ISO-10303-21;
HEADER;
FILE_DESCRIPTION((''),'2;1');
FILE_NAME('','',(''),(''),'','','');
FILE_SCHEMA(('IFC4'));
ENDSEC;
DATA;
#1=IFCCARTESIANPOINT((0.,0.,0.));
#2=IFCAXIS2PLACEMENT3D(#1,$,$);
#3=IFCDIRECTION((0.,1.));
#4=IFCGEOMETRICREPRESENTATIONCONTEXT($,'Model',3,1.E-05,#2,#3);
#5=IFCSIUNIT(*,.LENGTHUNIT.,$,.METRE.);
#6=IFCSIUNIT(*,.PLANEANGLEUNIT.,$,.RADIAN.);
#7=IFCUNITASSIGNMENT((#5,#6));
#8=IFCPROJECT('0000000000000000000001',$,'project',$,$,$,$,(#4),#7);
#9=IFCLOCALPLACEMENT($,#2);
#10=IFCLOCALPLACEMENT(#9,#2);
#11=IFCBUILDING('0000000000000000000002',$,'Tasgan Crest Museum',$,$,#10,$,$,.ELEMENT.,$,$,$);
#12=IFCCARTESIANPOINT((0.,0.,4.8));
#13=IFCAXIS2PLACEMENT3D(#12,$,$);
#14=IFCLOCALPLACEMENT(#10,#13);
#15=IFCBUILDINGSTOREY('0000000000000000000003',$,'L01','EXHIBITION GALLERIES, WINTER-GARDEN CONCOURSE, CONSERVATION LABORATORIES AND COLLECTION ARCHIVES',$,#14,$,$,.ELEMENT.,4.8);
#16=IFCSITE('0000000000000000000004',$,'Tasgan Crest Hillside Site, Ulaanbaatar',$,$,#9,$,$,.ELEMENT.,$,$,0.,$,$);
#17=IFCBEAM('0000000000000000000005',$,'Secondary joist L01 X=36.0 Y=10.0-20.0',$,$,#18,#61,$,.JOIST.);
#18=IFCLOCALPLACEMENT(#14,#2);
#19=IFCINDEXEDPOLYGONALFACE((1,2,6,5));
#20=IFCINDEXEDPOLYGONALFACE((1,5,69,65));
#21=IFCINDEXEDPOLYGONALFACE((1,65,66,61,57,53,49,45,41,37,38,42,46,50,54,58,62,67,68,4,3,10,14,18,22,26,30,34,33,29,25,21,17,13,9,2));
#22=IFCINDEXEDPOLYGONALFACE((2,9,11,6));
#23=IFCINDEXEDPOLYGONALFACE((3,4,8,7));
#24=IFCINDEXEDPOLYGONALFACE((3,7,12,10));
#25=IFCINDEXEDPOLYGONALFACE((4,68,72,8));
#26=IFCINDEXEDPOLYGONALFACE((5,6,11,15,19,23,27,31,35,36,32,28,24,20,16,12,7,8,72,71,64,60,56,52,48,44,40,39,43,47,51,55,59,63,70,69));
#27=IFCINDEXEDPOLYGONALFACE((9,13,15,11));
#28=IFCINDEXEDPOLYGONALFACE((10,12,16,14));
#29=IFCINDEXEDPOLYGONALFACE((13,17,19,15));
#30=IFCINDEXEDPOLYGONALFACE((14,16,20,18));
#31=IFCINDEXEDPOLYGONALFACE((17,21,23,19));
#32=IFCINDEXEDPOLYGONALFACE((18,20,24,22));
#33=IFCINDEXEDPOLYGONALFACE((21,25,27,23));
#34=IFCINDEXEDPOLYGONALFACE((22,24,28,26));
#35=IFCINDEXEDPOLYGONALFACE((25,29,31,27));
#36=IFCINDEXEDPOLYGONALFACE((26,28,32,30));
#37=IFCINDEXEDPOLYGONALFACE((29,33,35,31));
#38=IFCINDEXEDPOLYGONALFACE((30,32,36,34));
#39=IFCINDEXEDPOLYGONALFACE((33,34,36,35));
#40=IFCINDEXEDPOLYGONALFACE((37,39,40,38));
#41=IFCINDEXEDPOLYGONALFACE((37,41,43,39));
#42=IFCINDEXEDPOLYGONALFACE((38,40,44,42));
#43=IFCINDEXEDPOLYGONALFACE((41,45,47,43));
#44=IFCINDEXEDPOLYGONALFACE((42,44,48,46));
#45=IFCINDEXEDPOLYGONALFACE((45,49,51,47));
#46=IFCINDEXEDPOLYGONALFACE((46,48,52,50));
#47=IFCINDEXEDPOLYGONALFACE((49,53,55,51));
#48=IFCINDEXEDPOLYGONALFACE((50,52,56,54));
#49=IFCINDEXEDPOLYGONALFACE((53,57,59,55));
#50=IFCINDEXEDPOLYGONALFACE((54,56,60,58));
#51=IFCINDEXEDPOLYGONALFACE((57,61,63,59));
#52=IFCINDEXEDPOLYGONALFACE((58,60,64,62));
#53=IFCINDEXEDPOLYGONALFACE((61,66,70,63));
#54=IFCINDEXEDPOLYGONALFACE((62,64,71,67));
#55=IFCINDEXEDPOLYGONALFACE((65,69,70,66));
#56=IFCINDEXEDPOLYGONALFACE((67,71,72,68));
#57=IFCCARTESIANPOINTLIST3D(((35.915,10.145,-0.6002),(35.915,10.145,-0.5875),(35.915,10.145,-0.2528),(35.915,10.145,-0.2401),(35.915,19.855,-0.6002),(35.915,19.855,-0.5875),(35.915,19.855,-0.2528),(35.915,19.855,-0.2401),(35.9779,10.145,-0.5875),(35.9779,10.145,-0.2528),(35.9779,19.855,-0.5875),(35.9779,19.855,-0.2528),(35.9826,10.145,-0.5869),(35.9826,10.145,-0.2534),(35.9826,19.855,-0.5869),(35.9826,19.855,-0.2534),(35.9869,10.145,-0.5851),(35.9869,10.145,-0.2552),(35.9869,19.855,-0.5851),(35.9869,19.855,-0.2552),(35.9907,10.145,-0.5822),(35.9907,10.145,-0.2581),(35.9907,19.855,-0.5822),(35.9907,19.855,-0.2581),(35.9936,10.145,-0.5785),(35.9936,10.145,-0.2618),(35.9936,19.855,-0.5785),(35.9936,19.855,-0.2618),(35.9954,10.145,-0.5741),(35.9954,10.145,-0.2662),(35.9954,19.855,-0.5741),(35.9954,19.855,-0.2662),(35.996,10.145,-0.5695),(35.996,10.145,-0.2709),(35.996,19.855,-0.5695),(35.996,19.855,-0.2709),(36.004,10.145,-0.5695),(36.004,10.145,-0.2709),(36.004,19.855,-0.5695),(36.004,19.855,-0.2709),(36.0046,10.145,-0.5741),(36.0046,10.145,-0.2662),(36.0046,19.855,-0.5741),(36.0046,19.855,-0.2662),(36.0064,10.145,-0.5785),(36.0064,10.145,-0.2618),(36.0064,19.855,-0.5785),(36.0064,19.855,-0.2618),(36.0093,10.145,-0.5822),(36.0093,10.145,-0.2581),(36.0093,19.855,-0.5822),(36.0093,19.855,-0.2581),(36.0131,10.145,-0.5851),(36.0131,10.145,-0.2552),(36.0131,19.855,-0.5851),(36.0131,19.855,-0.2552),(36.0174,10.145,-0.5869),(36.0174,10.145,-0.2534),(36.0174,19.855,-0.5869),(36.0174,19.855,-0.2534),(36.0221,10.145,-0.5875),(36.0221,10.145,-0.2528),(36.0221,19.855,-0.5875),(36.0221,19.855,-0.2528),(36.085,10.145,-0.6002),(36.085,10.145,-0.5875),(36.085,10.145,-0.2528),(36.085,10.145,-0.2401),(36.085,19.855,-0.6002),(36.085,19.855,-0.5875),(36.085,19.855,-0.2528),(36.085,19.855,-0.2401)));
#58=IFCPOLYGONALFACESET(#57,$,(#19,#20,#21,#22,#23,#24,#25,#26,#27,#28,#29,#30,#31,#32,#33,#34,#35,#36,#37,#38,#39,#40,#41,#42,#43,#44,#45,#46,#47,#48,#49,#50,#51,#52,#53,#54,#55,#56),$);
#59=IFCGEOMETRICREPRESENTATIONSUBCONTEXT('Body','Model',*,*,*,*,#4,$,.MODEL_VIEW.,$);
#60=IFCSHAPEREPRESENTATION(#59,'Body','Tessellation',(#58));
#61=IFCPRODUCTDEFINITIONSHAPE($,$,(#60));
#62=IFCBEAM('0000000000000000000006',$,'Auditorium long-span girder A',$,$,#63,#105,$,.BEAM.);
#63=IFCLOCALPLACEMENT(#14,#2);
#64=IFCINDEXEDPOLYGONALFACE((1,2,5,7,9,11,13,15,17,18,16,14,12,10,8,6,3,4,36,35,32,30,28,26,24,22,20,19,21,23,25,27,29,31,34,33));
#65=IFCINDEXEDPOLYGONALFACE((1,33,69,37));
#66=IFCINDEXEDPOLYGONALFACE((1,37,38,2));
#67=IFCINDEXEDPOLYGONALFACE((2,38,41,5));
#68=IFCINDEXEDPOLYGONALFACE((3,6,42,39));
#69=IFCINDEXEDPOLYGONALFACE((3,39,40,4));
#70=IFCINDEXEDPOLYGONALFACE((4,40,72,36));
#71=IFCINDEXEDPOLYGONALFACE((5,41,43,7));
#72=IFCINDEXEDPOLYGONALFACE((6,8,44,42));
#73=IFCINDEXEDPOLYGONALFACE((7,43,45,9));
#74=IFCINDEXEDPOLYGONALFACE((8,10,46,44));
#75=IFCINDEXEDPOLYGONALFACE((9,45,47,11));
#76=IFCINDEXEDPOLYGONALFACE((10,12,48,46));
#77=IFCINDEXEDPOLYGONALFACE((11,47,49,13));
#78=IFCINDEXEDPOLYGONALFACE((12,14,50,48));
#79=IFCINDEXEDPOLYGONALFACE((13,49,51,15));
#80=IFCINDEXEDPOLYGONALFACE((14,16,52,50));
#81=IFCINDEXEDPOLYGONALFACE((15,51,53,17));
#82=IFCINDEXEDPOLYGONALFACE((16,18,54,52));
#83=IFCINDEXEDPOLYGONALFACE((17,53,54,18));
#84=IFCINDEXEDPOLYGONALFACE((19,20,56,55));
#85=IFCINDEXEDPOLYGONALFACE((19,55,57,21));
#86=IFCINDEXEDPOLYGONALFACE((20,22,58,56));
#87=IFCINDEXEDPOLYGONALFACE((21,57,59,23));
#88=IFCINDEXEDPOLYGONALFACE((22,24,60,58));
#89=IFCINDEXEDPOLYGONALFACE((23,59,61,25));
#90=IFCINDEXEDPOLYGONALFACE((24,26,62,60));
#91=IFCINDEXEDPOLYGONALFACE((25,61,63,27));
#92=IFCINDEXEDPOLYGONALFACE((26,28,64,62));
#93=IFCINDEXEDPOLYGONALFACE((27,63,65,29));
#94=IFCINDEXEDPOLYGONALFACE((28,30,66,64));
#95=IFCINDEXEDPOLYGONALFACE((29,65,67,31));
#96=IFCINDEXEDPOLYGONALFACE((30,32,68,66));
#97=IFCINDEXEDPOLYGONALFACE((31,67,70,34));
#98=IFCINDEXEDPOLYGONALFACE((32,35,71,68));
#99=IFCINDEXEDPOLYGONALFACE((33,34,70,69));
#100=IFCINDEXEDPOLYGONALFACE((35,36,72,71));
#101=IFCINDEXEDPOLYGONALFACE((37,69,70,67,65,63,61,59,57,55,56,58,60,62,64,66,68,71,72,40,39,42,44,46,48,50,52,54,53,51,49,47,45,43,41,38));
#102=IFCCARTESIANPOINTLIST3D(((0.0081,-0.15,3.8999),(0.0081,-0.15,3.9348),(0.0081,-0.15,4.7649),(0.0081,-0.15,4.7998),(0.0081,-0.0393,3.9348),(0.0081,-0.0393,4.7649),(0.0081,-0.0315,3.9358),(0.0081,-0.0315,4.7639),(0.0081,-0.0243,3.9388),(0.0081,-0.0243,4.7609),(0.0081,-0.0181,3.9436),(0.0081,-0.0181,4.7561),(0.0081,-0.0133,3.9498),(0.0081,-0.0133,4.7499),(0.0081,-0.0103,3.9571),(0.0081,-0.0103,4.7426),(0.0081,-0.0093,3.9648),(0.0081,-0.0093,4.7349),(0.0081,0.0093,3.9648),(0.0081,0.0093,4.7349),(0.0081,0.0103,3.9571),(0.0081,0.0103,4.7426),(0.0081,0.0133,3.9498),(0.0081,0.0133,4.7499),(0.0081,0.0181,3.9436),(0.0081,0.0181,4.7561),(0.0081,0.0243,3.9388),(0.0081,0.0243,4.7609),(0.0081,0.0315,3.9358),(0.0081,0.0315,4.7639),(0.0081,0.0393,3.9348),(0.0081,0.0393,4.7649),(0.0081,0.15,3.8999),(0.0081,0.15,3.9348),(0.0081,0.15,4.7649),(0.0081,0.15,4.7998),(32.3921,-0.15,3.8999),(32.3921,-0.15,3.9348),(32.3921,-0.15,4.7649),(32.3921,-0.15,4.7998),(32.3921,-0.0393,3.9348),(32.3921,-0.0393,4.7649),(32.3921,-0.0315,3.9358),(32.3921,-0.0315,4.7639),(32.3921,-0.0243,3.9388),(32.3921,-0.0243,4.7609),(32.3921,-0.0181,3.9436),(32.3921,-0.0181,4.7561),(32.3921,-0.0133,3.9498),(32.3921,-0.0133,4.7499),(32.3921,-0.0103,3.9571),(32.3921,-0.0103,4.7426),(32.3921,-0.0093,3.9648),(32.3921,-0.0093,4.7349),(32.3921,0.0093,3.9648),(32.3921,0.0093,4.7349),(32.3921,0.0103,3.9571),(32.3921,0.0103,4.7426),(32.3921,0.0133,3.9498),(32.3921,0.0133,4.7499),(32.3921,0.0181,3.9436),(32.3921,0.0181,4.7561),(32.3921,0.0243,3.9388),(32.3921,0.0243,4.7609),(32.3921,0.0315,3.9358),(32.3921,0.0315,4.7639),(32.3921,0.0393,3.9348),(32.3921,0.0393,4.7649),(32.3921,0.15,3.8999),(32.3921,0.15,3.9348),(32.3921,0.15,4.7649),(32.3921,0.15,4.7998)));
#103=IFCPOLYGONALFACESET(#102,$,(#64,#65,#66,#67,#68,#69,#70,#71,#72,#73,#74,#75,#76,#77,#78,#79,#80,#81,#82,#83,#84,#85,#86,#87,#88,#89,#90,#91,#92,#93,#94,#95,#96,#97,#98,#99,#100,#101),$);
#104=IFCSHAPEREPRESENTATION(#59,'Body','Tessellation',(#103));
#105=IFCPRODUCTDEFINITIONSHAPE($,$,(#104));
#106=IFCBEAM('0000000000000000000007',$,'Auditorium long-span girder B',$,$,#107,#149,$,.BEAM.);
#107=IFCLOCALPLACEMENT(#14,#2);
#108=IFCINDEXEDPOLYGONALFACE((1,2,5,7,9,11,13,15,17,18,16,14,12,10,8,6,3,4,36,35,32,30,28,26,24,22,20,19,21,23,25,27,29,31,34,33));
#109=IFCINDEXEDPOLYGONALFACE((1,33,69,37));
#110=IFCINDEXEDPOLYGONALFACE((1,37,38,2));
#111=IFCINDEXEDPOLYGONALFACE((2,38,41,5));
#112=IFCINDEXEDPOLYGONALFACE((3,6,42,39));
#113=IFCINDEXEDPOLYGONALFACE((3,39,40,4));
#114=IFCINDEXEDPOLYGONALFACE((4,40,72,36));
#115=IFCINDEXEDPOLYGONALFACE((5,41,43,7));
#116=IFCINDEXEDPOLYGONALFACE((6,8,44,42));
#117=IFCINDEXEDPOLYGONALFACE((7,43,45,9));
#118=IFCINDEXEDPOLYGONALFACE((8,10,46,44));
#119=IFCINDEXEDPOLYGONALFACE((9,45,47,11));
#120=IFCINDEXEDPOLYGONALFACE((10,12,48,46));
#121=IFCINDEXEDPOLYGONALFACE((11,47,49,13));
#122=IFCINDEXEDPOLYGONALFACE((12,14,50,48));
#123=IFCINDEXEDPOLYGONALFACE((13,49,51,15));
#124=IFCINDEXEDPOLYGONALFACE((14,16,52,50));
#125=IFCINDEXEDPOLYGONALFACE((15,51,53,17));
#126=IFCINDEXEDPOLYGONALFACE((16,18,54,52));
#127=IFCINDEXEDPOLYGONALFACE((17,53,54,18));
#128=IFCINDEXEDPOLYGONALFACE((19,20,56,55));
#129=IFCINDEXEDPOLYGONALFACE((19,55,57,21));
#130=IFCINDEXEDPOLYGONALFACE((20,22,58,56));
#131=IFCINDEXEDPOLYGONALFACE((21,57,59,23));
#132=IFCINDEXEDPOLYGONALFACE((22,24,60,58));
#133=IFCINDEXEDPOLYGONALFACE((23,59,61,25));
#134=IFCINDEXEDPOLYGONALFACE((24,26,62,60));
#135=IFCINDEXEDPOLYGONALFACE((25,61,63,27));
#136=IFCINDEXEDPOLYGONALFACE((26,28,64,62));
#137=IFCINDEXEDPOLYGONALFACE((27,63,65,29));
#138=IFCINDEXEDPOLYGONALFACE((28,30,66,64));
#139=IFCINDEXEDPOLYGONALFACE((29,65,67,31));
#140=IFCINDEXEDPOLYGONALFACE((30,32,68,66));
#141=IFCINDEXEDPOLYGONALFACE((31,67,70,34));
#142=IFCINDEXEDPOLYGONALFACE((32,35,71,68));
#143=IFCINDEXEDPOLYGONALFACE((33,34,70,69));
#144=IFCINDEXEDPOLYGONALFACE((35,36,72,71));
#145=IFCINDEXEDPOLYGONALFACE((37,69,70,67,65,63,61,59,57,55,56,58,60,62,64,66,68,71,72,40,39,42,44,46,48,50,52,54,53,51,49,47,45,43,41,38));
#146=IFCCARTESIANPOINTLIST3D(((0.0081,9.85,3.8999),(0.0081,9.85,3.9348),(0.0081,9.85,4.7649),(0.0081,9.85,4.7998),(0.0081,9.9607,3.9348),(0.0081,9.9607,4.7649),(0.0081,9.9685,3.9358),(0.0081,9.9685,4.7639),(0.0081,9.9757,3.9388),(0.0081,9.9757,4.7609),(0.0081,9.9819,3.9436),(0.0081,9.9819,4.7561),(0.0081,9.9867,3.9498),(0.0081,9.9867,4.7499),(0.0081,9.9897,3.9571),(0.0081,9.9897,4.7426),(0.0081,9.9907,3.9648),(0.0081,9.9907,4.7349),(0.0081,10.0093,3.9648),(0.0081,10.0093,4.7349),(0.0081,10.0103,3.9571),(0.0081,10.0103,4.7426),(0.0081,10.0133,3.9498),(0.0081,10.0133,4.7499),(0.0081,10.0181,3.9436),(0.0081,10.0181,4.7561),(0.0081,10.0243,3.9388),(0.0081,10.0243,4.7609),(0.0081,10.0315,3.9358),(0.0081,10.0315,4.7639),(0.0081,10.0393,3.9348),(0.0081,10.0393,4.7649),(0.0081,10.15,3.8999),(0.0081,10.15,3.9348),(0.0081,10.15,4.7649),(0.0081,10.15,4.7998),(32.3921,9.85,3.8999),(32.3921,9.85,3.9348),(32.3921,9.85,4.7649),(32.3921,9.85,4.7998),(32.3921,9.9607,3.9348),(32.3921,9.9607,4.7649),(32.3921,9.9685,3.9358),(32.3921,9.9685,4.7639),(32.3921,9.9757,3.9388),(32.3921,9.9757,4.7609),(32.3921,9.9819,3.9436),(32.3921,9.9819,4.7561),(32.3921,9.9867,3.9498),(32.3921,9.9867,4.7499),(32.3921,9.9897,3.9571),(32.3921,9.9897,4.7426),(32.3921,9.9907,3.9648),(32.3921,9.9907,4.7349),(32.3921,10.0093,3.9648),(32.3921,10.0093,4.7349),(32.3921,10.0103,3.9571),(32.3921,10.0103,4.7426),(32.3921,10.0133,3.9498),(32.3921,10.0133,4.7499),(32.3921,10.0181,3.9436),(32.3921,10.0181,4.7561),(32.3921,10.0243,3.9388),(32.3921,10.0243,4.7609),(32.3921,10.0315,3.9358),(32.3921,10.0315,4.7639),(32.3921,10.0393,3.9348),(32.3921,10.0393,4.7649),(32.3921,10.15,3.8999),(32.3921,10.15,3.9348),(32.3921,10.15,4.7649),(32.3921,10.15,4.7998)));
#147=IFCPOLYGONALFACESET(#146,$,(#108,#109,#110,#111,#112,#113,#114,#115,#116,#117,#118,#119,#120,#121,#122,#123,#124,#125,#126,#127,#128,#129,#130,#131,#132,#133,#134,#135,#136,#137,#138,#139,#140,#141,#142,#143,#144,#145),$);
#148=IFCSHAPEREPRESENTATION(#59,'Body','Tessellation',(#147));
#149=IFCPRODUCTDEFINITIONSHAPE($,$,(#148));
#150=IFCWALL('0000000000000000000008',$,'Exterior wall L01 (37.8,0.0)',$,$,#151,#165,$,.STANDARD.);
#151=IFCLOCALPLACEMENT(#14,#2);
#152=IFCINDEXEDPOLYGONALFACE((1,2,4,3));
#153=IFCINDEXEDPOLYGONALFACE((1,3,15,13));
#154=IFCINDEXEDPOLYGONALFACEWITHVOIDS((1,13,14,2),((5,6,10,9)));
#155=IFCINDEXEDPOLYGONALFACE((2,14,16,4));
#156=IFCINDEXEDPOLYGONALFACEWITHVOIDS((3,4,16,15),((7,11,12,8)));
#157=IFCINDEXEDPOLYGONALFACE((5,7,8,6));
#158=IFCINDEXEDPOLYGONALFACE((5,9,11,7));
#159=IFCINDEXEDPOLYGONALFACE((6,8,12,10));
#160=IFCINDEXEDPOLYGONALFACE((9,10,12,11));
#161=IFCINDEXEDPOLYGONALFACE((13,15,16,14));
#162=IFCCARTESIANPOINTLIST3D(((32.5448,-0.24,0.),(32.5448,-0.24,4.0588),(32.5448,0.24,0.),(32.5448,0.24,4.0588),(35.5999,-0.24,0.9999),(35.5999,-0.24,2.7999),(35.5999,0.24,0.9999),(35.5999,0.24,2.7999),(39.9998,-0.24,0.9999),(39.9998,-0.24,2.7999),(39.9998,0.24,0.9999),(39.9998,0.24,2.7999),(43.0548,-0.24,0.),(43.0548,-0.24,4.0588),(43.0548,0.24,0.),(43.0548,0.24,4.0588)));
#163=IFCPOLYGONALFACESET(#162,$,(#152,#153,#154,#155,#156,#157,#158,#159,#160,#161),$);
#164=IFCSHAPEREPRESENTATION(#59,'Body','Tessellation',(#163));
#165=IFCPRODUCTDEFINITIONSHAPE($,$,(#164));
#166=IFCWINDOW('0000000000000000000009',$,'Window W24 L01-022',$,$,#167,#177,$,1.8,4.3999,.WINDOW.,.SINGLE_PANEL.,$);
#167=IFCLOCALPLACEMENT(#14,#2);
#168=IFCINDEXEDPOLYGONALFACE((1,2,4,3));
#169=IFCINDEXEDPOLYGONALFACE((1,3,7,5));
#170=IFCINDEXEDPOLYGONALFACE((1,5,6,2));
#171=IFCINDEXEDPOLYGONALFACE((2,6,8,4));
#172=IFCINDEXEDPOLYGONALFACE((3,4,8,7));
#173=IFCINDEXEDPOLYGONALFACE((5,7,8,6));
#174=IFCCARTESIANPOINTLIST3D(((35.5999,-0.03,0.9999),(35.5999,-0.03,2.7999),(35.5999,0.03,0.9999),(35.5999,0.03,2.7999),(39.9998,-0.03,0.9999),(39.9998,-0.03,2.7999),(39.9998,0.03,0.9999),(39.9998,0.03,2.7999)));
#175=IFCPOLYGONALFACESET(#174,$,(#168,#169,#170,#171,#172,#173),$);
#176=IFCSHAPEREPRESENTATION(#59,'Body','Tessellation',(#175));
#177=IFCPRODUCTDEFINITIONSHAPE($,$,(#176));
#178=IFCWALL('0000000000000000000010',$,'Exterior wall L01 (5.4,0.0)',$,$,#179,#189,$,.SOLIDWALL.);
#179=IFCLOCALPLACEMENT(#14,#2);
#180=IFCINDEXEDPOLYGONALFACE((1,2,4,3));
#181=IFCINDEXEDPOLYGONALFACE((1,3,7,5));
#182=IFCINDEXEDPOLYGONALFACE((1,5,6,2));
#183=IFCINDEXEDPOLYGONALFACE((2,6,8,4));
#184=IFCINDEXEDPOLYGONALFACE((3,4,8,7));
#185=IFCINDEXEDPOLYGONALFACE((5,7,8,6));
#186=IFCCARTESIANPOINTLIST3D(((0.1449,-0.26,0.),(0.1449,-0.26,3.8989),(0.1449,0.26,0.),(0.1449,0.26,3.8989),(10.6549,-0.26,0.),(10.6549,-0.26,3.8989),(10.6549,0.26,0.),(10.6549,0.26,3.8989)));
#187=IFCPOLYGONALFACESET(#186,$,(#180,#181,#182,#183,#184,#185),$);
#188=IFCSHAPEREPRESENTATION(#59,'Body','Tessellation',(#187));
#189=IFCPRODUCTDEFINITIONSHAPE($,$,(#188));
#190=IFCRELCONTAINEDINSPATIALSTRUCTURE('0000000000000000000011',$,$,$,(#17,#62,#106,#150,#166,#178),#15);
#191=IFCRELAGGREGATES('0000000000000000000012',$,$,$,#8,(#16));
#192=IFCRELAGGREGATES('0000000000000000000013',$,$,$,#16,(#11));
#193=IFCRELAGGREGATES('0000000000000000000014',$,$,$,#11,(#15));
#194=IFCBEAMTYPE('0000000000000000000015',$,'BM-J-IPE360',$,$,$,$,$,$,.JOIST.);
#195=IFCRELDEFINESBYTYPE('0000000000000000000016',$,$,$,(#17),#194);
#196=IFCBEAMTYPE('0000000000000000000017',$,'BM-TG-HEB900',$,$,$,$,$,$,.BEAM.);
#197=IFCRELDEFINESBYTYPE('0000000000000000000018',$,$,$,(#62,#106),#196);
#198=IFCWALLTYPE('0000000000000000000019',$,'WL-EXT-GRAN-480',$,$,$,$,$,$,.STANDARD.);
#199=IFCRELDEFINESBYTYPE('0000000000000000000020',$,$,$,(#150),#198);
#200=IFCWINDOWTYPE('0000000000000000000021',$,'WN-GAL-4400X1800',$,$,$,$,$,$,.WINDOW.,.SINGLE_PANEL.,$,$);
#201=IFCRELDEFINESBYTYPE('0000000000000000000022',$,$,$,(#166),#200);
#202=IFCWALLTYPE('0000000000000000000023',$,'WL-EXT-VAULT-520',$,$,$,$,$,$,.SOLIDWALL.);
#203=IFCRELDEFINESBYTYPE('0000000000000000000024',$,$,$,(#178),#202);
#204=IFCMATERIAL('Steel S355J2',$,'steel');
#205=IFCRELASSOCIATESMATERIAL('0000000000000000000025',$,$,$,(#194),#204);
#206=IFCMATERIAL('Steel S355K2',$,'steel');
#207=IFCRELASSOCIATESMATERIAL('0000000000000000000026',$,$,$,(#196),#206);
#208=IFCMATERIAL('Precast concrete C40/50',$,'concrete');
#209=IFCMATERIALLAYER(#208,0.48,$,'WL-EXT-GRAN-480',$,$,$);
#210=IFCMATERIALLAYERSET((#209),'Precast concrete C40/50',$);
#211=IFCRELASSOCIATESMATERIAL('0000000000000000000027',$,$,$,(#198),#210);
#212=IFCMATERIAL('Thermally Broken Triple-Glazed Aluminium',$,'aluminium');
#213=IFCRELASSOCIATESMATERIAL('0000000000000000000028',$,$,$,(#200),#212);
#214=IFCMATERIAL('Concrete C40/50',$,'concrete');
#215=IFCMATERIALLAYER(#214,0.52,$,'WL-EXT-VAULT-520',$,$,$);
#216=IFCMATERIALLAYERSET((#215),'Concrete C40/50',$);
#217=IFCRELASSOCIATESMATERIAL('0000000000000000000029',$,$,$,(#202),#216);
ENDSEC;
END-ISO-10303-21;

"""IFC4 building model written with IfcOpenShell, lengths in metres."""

from ifc_helpers import new_model, si_unit, direction, frame, frame_2d, origin, origin_2d, place, context, subcontext, project, spatial, rectangle, i_section, extrude, material, layer, layer_set, material_profile, profile_set, type_object, element, fill, save


model = new_model("IFC4")

# Units and contexts
model_context = context("Model", 3, precision=1e-05, world=origin(), true_north=direction((0.0, 1.0)))
body_context = subcontext(model_context, "Body", "Model", "MODEL_VIEW")
ifc_project = project(units=[si_unit("LENGTHUNIT", "METRE"), si_unit("PLANEANGLEUNIT", "RADIAN")], contexts=[model_context])

# Site, building, storey
site_placement = place(None, origin())
site = spatial("IfcSite", under=ifc_project, at=site_placement, Name="Tasgan Crest Hillside Site, Ulaanbaatar", CompositionType="ELEMENT", RefElevation=0.0)
building_placement = place(site_placement, origin())
building = spatial("IfcBuilding", under=site, at=building_placement, Name="Tasgan Crest Museum", CompositionType="ELEMENT")
storey_placement = place(building_placement, frame((0.0, 0.0, 4.8)))
storey = spatial("IfcBuildingStorey", under=building, at=storey_placement, Name="L01", Description="EXHIBITION GALLERIES, WINTER-GARDEN CONCOURSE, CONSERVATION LABORATORIES AND COLLECTION ARCHIVES", CompositionType="ELEMENT", Elevation=4.8)

# Beams
ifc_material_1 = material(Name="Steel S355J2", Category="steel")
ifc_material_profile_1 = material_profile(ifc_material_1, i_section(OverallWidth=0.1699, OverallDepth=0.3601, WebThickness=0.0081, FlangeThickness=0.0127, FilletRadius=0.0181, at=origin_2d()), Name="IPE 360")
ifc_profile_set_1 = profile_set([ifc_material_profile_1], Name="Steel S355J2")
beam_type_1 = type_object("IfcBeamType", Name="BM-J-IPE360", PredefinedType="JOIST", material=ifc_profile_set_1)
beam_1_placement = place(storey_placement, frame((36.0, 10.145, -0.4202), z_axis=(0.0, 1.0, 0.0), x_axis=(-1.0, 0.0, 0.0)))
element("IfcBeam", 1, at=beam_1_placement, inside=storey, type_object=beam_type_1, Name="Secondary joist L01 X=36.0 Y=10.0-20.0", PredefinedType="JOIST", context=body_context, shape_type="SweptSolid", body=[
    extrude(i_section(OverallWidth=0.1699, OverallDepth=0.3601, WebThickness=0.0081, FlangeThickness=0.0127, FilletRadius=0.0181, at=origin_2d()), origin(), (0.0, 0.0, 1.0), 9.71),
])
ifc_material_2 = material(Name="Steel S355K2", Category="steel")
ifc_material_profile_2 = material_profile(ifc_material_2, i_section(OverallWidth=0.3, OverallDepth=0.8999, WebThickness=0.0186, FlangeThickness=0.0349, FilletRadius=0.03, at=origin_2d()), Name="HEB 900")
ifc_profile_set_2 = profile_set([ifc_material_profile_2], Name="Steel S355K2")
beam_type_2 = type_object("IfcBeamType", Name="BM-TG-HEB900", PredefinedType="BEAM", material=ifc_profile_set_2)
for number, where, z_axis, x_axis, name in (
    (2, (0.0081, 0.0, 4.3499), (1.0, 0.0, 0.0), (0.0, 1.0, 0.0), "Auditorium long-span girder A"),
    (3, (0.0081, 10.0, 4.3499), (1.0, 0.0, 0.0), (0.0, 1.0, 0.0), "Auditorium long-span girder B"),
):
    element("IfcBeam", number, at=place(storey_placement, frame(where, z_axis=z_axis, x_axis=x_axis)), inside=storey, type_object=beam_type_2, Name=name, PredefinedType="BEAM", context=body_context, shape_type="SweptSolid", body=[
        extrude(i_section(OverallWidth=0.3, OverallDepth=0.8999, WebThickness=0.0186, FlangeThickness=0.0349, FilletRadius=0.03, at=origin_2d()), origin(), (0.0, 0.0, 1.0), 32.384),
    ])

# Wall, opening, window
ifc_material_3 = material(Name="Precast concrete C40/50", Category="concrete")
ifc_layer_1 = layer(ifc_material_3, 0.48, Name="WL-EXT-GRAN-480")
ifc_layer_set_1 = layer_set([ifc_layer_1], Name="Precast concrete C40/50")
wall_type_1 = type_object("IfcWallType", Name="WL-EXT-GRAN-480", PredefinedType="STANDARD", material=ifc_layer_set_1)
wall_1_placement = place(storey_placement, frame((32.5449, 0.0, 0.0), z_axis=(0.0, 0.0, 1.0), x_axis=(1.0, 0.0, 0.0)))
wall_1 = element("IfcWall", 4, at=wall_1_placement, inside=storey, type_object=wall_type_1, Name="Exterior wall L01 (37.8,0.0)", PredefinedType="STANDARD", context=body_context, shape_type="SweptSolid", body=[
    extrude(rectangle(XDim=10.51, YDim=0.48, at=frame_2d((5.2549, 0.0))), origin(), (0.0, 0.0, 1.0), 4.0588),
])
opening_placement = place(wall_1_placement, frame((3.0549, 0.0, 1.0)))
opening = element("IfcOpeningElement", 5, at=opening_placement, cuts=wall_1, PredefinedType="OPENING", context=body_context, shape_type="SweptSolid", body=[
    extrude(rectangle(XDim=4.3999, YDim=1.8, at=frame_2d((2.2, 0.8999))), frame((0.0, 0.25, 0.0), z_axis=(0.0, -1.0, 0.0), x_axis=(1.0, 0.0, 0.0)), (0.0, 0.0, 1.0), 0.5),
])
ifc_material_4 = material(Name="Thermally Broken Triple-Glazed Aluminium", Category="aluminium")
window_type = type_object("IfcWindowType", Name="WN-GAL-4400X1800", PartitioningType="SINGLE_PANEL", PredefinedType="WINDOW", material=ifc_material_4)
window_placement = place(opening_placement, origin())
window = element("IfcWindow", 6, at=window_placement, inside=storey, type_object=window_type, Name="Window W24 L01-022", OverallHeight=1.8, OverallWidth=4.3999, PartitioningType="SINGLE_PANEL", PredefinedType="WINDOW", context=body_context, shape_type="SweptSolid", body=[
    extrude(rectangle(XDim=4.3999, YDim=1.8, at=frame_2d((2.2, 0.8999))), frame((0.0, 0.03, 0.0), z_axis=(0.0, -1.0, 0.0), x_axis=(1.0, 0.0, 0.0)), (0.0, 0.0, 1.0), 0.0601),
])
fill(opening, window)

# Wall
ifc_material_5 = material(Name="Concrete C40/50", Category="concrete")
ifc_layer_2 = layer(ifc_material_5, 0.52, Name="WL-EXT-VAULT-520")
ifc_layer_set_2 = layer_set([ifc_layer_2], Name="Concrete C40/50")
wall_type_2 = type_object("IfcWallType", Name="WL-EXT-VAULT-520", PredefinedType="SOLIDWALL", material=ifc_layer_set_2)
for number, where, z_axis, x_axis, name in (
    (7, (0.145, 0.0, 0.0), (0.0, 0.0, 1.0), (1.0, 0.0, 0.0), "Exterior wall L01 (5.4,0.0)"),
):
    element("IfcWall", number, at=place(storey_placement, frame(where, z_axis=z_axis, x_axis=x_axis)), inside=storey, type_object=wall_type_2, Name=name, PredefinedType="SOLIDWALL", context=body_context, shape_type="SweptSolid", body=[
        extrude(rectangle(XDim=10.51, YDim=0.52, at=frame_2d((5.2549, 0.0))), origin(), (0.0, 0.0, 1.0), 3.8989),
    ])

save(model, "model.ifc")
